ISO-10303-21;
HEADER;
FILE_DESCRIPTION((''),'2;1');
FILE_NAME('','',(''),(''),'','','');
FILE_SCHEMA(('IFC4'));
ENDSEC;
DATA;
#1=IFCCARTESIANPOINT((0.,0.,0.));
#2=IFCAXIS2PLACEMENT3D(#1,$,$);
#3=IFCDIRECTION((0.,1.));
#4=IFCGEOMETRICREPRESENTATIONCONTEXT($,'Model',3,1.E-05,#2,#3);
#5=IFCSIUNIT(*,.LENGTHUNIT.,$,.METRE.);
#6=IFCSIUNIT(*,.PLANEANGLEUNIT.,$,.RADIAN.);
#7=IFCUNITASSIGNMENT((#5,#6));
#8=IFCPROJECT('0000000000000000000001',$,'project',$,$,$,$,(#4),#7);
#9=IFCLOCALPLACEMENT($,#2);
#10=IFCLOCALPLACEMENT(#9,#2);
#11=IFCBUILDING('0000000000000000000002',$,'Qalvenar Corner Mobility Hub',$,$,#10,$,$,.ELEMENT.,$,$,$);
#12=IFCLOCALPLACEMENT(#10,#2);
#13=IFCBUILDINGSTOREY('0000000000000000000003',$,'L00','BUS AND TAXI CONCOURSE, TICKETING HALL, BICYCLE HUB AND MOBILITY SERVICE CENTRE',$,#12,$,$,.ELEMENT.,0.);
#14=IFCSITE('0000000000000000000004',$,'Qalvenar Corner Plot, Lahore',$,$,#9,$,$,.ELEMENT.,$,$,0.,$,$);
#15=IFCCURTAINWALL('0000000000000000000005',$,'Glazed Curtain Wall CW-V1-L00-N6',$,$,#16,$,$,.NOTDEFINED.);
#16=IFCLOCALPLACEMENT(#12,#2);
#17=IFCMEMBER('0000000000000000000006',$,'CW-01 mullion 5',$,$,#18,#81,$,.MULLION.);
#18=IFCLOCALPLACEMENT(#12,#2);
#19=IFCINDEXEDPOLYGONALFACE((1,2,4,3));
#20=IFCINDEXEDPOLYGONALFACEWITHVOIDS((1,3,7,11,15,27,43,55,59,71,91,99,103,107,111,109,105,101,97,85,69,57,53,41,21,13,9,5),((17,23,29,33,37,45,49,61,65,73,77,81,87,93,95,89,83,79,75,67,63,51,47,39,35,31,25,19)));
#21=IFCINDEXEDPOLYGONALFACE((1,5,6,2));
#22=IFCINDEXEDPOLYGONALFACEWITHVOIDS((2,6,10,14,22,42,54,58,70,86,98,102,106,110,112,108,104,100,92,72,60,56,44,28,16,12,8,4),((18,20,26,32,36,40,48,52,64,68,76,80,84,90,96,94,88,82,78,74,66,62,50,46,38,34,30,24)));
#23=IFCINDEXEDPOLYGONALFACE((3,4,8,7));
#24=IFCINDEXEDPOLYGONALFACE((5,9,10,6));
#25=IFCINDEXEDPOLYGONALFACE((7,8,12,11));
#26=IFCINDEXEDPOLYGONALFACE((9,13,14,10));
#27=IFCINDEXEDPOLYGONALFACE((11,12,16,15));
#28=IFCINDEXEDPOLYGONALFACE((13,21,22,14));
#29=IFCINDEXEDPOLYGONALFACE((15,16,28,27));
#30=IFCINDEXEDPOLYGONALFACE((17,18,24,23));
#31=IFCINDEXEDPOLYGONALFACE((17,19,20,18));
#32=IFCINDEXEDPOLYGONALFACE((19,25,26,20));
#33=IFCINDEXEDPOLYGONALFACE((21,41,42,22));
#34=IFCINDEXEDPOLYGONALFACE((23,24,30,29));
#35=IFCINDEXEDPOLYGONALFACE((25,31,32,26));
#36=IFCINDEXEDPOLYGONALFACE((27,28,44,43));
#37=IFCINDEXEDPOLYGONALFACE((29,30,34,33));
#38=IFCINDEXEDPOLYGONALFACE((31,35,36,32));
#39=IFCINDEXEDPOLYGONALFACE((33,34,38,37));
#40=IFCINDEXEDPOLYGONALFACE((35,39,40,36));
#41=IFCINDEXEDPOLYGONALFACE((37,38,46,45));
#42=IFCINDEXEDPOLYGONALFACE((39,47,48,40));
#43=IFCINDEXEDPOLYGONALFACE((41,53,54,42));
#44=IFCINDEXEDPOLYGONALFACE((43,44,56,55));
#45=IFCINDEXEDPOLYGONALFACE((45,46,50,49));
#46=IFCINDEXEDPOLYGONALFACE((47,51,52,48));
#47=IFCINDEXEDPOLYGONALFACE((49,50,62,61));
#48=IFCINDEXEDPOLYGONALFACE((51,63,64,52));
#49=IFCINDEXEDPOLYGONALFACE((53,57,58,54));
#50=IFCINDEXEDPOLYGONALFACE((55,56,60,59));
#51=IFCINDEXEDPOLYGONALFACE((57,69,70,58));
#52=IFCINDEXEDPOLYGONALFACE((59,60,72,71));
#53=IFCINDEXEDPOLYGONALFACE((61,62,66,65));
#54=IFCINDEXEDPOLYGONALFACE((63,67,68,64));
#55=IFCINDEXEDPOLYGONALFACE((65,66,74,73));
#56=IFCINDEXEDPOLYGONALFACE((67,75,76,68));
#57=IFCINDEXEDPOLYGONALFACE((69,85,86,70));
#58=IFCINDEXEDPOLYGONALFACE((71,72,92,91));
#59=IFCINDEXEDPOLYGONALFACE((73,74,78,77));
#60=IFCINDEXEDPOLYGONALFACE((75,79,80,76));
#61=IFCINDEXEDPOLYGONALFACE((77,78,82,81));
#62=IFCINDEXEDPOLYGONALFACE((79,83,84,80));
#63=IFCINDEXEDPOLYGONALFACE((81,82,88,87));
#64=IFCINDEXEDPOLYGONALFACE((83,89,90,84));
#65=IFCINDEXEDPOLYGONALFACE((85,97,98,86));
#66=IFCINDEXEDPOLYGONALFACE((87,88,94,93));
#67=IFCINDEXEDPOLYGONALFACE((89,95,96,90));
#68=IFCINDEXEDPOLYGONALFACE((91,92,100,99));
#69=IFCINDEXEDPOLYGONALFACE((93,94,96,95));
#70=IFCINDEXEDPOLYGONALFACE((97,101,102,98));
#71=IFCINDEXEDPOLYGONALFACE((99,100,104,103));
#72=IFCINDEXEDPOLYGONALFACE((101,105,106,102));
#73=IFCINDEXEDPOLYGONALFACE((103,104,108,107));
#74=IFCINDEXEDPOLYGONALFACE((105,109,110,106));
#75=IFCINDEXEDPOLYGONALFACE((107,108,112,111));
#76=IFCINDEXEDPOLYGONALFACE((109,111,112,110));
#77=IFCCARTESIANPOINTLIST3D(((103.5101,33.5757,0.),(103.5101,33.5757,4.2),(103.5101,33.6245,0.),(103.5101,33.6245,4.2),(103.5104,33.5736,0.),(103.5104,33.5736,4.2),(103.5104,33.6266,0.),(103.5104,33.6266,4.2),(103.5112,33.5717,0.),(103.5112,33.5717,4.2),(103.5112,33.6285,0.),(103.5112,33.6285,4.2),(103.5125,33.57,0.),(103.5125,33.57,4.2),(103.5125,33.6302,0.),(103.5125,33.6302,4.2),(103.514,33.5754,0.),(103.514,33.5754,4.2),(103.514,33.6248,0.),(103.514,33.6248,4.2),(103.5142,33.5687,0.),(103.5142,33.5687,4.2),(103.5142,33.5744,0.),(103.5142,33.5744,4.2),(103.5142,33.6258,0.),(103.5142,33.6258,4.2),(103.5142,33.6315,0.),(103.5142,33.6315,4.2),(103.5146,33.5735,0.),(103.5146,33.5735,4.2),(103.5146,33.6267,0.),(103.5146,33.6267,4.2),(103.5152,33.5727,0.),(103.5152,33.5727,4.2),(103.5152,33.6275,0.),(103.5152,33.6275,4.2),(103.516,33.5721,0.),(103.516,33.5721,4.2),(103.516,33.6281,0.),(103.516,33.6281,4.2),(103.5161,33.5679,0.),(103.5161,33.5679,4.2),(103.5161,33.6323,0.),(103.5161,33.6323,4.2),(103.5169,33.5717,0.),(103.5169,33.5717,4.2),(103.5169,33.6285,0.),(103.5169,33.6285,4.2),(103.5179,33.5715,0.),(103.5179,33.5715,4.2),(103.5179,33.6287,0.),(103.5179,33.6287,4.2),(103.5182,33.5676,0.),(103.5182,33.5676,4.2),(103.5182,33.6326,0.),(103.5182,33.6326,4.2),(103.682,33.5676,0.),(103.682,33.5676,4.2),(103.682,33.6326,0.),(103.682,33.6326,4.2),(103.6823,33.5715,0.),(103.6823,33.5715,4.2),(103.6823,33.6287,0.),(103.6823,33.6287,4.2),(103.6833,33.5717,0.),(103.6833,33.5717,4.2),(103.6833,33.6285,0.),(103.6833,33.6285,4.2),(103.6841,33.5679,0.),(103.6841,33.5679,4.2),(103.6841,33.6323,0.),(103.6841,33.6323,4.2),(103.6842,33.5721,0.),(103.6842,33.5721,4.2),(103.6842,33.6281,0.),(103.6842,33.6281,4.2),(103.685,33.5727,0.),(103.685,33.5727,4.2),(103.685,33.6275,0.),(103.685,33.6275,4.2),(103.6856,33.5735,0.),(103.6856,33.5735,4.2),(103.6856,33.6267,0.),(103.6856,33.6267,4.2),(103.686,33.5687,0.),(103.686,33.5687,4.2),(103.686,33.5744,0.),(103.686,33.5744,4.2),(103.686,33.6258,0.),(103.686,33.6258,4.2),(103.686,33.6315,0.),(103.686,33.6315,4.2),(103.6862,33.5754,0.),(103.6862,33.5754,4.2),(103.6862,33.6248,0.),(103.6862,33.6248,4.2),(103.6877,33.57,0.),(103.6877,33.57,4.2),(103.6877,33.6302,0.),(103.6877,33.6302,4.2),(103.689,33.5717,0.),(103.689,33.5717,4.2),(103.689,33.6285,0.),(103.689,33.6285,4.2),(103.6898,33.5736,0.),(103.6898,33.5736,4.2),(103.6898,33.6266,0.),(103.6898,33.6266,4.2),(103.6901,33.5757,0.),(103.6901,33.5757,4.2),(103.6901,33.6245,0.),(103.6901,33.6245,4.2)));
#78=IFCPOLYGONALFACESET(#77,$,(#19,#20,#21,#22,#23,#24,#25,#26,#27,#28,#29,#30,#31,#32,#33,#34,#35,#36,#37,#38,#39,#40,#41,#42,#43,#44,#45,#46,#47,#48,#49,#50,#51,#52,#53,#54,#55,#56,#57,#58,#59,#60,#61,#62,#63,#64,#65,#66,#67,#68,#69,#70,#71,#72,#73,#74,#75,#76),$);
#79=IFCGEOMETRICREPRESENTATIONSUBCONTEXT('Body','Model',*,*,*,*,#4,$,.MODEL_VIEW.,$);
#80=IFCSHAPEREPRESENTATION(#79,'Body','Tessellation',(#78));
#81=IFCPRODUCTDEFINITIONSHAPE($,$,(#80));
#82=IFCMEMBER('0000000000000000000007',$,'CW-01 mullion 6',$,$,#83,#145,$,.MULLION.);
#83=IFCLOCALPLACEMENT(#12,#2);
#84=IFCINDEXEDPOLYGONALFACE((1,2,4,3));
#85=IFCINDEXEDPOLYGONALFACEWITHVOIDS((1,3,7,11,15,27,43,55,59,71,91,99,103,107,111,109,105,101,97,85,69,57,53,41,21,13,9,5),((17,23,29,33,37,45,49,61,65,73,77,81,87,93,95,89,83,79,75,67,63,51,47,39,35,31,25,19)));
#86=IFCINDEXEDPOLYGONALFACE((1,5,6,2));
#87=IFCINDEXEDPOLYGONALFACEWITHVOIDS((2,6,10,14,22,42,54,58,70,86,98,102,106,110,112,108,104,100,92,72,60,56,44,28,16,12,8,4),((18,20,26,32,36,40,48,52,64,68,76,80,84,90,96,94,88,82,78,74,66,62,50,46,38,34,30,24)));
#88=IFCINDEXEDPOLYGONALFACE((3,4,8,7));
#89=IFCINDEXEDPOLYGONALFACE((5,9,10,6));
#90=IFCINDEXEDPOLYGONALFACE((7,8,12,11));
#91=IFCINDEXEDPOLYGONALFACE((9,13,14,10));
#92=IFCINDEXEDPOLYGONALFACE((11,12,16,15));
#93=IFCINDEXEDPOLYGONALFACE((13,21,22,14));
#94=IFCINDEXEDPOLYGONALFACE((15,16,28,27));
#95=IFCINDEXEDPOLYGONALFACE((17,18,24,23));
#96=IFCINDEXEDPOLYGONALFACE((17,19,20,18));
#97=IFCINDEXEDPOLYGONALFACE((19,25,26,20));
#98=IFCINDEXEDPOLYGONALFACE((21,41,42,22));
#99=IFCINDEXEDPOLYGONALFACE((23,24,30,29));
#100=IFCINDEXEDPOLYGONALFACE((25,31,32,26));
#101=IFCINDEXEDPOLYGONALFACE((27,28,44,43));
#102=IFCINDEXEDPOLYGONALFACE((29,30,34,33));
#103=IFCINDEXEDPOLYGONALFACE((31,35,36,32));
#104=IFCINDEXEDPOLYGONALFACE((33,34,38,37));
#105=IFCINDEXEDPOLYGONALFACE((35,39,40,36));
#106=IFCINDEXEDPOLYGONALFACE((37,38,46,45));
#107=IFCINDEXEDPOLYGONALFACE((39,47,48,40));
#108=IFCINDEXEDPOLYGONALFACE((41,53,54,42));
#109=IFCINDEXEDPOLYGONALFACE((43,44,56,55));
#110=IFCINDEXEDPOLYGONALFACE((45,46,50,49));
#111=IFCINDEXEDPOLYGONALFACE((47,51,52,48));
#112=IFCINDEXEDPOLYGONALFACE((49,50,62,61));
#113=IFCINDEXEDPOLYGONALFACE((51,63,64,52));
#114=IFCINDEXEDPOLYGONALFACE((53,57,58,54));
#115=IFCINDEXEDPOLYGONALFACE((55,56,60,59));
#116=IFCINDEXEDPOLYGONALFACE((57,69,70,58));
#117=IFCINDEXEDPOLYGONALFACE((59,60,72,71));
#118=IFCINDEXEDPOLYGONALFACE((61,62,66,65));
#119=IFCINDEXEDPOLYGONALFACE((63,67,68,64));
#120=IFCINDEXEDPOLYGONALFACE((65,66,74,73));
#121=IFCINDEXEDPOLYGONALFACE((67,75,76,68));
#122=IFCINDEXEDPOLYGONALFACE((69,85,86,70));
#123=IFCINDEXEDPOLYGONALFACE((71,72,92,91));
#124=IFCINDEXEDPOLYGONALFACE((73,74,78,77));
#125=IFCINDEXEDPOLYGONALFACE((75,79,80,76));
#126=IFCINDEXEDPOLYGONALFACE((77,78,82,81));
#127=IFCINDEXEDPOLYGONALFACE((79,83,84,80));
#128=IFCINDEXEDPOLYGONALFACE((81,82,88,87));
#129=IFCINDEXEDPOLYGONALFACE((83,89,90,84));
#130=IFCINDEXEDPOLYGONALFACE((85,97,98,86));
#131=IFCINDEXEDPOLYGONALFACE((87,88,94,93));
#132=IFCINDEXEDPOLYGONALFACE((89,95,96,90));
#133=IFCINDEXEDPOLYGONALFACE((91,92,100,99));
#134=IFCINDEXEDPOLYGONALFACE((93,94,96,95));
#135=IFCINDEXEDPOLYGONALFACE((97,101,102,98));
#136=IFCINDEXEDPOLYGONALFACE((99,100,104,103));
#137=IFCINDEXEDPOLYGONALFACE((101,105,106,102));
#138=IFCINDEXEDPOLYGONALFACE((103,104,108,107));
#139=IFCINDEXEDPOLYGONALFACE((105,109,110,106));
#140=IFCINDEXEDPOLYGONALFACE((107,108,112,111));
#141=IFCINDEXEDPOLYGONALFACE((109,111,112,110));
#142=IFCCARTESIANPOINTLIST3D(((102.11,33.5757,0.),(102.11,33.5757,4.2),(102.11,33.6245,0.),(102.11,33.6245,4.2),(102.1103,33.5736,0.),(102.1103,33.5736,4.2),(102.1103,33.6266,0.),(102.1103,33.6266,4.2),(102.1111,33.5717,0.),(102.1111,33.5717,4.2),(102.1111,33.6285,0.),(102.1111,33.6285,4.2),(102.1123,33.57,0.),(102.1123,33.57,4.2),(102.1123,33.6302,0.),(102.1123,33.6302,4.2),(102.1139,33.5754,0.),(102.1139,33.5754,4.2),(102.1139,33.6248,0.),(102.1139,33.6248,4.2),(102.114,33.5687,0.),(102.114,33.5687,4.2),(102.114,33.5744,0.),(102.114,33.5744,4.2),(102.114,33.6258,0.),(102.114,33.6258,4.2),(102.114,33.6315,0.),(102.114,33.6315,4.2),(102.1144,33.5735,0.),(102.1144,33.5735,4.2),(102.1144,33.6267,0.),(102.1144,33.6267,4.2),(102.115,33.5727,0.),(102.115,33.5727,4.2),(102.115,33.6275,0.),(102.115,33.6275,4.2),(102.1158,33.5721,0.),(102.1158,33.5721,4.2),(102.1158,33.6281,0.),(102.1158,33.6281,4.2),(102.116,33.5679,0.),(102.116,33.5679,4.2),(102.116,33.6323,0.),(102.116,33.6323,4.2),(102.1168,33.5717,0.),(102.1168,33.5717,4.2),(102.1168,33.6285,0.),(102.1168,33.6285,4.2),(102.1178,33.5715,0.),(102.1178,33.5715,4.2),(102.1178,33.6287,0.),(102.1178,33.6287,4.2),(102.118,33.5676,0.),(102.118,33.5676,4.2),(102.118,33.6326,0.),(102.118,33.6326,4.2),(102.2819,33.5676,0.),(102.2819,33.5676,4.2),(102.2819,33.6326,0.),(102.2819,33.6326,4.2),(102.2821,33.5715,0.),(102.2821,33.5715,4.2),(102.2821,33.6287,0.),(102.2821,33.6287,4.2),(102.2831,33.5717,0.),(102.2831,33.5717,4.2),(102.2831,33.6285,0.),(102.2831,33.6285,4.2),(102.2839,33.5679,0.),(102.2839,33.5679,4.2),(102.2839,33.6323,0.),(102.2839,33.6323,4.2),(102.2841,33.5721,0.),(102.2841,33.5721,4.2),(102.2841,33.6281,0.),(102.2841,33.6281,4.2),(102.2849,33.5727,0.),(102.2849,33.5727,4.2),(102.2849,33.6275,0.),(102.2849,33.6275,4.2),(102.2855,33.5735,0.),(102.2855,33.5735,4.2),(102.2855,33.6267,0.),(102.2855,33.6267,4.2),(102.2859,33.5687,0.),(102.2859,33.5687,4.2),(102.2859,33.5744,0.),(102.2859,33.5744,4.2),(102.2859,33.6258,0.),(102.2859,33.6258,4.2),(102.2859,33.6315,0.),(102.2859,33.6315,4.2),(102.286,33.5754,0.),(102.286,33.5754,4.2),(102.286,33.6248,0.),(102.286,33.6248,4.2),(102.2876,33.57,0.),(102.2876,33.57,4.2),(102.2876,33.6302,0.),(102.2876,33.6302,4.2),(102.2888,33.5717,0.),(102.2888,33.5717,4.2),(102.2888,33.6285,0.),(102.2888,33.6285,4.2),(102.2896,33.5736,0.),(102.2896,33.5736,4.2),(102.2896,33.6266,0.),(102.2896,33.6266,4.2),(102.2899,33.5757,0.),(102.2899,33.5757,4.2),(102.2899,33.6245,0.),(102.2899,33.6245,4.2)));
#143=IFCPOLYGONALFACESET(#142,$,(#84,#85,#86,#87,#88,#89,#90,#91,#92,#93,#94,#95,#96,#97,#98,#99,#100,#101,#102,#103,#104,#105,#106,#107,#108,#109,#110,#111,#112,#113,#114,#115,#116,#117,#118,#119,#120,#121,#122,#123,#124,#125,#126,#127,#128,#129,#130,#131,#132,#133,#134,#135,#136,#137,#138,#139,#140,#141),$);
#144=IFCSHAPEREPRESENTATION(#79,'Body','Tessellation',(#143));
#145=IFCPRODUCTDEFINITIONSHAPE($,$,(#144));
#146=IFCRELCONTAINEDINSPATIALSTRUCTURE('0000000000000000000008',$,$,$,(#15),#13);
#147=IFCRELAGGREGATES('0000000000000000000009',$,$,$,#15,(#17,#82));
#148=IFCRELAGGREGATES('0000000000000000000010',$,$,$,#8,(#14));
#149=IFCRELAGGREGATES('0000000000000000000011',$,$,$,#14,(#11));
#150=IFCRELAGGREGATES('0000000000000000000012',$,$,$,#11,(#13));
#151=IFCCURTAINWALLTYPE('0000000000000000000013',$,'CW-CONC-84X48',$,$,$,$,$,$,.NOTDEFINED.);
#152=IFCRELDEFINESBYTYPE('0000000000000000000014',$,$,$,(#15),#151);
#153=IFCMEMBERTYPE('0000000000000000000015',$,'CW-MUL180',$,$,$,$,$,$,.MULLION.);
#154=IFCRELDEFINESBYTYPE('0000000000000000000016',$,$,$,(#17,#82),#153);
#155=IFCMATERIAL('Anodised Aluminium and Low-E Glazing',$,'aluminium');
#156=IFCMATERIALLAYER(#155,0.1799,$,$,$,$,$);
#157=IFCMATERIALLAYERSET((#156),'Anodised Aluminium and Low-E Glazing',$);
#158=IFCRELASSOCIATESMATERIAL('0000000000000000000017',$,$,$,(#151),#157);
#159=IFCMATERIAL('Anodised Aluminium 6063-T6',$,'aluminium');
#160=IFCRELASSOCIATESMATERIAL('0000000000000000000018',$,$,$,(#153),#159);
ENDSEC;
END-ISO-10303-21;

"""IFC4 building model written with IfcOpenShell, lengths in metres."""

from ifc_helpers import new_model, si_unit, direction, frame, origin, origin_2d, place, context, subcontext, project, spatial, hollow_rectangle, extrude, material, layer, layer_set, material_profile, profile_set, type_object, element, aggregate, save


model = new_model("IFC4")

# Units and contexts
model_context = context("Model", 3, precision=1e-05, world=origin(), true_north=direction((0.0, 1.0)))
body_context = subcontext(model_context, "Body", "Model", "MODEL_VIEW")
ifc_project = project(units=[si_unit("LENGTHUNIT", "METRE"), si_unit("PLANEANGLEUNIT", "RADIAN")], contexts=[model_context])

# Site, building, storey
site_placement = place(None, origin())
site = spatial("IfcSite", under=ifc_project, at=site_placement, Name="Qalvenar Corner Plot, Lahore", CompositionType="ELEMENT", RefElevation=0.0)
building_placement = place(site_placement, origin())
building = spatial("IfcBuilding", under=site, at=building_placement, Name="Qalvenar Corner Mobility Hub", CompositionType="ELEMENT")
storey_placement = place(building_placement, origin())
storey = spatial("IfcBuildingStorey", under=building, at=storey_placement, Name="L00", Description="BUS AND TAXI CONCOURSE, TICKETING HALL, BICYCLE HUB AND MOBILITY SERVICE CENTRE", CompositionType="ELEMENT", Elevation=0.0)

# Curtain wall, members
ifc_material_1 = material(Name="Anodised Aluminium and Low-E Glazing", Category="aluminium")
ifc_layer_1 = layer(ifc_material_1, 0.1799)
ifc_layer_set_1 = layer_set([ifc_layer_1], Name="Anodised Aluminium and Low-E Glazing")
curtain_wall_type = type_object("IfcCurtainWallType", Name="CW-CONC-84X48", PredefinedType="NOTDEFINED", material=ifc_layer_set_1)
curtain_wall_placement = place(storey_placement, origin())
curtain_wall = element("IfcCurtainWall", 1, at=curtain_wall_placement, inside=storey, type_object=curtain_wall_type, Name="Glazed Curtain Wall CW-V1-L00-N6", PredefinedType="NOTDEFINED")
ifc_material_2 = material(Name="Anodised Aluminium 6063-T6", Category="aluminium")
ifc_material_profile_1 = material_profile(ifc_material_2, hollow_rectangle(XDim=0.0649, YDim=0.1799, WallThickness=0.0039, InnerFilletRadius=0.0039, OuterFilletRadius=0.0081, at=origin_2d()), Name="RHS180x65x4")
ifc_profile_set_1 = profile_set([ifc_material_profile_1], Name="Anodised Aluminium 6063-T6")
member_type_1 = type_object("IfcMemberType", Name="CW-MUL180", PredefinedType="MULLION", material=ifc_profile_set_1)
member_1_placement = place(storey_placement, frame((103.6001, 33.6001, 0.0), z_axis=(0.0, 0.0, 1.0), x_axis=(0.0, -1.0, 0.0)))
member_1 = element("IfcMember", 2, at=member_1_placement, type_object=member_type_1, Name="CW-01 mullion 5", PredefinedType="MULLION", context=body_context, shape_type="SweptSolid", body=[
    extrude(hollow_rectangle(XDim=0.0649, YDim=0.1799, WallThickness=0.0039, InnerFilletRadius=0.0039, OuterFilletRadius=0.0081, at=origin_2d()), origin(), (0.0, 0.0, 1.0), 4.2),
])
member_2_placement = place(storey_placement, frame((102.2, 33.6001, 0.0), z_axis=(0.0, 0.0, 1.0), x_axis=(0.0, -1.0, 0.0)))
member_2 = element("IfcMember", 3, at=member_2_placement, type_object=member_type_1, Name="CW-01 mullion 6", PredefinedType="MULLION", context=body_context, shape_type="SweptSolid", body=[
    extrude(hollow_rectangle(XDim=0.0649, YDim=0.1799, WallThickness=0.0039, InnerFilletRadius=0.0039, OuterFilletRadius=0.0081, at=origin_2d()), origin(), (0.0, 0.0, 1.0), 4.2),
])
aggregate(curtain_wall, [member_1, member_2])

save(model, "model.ifc")
